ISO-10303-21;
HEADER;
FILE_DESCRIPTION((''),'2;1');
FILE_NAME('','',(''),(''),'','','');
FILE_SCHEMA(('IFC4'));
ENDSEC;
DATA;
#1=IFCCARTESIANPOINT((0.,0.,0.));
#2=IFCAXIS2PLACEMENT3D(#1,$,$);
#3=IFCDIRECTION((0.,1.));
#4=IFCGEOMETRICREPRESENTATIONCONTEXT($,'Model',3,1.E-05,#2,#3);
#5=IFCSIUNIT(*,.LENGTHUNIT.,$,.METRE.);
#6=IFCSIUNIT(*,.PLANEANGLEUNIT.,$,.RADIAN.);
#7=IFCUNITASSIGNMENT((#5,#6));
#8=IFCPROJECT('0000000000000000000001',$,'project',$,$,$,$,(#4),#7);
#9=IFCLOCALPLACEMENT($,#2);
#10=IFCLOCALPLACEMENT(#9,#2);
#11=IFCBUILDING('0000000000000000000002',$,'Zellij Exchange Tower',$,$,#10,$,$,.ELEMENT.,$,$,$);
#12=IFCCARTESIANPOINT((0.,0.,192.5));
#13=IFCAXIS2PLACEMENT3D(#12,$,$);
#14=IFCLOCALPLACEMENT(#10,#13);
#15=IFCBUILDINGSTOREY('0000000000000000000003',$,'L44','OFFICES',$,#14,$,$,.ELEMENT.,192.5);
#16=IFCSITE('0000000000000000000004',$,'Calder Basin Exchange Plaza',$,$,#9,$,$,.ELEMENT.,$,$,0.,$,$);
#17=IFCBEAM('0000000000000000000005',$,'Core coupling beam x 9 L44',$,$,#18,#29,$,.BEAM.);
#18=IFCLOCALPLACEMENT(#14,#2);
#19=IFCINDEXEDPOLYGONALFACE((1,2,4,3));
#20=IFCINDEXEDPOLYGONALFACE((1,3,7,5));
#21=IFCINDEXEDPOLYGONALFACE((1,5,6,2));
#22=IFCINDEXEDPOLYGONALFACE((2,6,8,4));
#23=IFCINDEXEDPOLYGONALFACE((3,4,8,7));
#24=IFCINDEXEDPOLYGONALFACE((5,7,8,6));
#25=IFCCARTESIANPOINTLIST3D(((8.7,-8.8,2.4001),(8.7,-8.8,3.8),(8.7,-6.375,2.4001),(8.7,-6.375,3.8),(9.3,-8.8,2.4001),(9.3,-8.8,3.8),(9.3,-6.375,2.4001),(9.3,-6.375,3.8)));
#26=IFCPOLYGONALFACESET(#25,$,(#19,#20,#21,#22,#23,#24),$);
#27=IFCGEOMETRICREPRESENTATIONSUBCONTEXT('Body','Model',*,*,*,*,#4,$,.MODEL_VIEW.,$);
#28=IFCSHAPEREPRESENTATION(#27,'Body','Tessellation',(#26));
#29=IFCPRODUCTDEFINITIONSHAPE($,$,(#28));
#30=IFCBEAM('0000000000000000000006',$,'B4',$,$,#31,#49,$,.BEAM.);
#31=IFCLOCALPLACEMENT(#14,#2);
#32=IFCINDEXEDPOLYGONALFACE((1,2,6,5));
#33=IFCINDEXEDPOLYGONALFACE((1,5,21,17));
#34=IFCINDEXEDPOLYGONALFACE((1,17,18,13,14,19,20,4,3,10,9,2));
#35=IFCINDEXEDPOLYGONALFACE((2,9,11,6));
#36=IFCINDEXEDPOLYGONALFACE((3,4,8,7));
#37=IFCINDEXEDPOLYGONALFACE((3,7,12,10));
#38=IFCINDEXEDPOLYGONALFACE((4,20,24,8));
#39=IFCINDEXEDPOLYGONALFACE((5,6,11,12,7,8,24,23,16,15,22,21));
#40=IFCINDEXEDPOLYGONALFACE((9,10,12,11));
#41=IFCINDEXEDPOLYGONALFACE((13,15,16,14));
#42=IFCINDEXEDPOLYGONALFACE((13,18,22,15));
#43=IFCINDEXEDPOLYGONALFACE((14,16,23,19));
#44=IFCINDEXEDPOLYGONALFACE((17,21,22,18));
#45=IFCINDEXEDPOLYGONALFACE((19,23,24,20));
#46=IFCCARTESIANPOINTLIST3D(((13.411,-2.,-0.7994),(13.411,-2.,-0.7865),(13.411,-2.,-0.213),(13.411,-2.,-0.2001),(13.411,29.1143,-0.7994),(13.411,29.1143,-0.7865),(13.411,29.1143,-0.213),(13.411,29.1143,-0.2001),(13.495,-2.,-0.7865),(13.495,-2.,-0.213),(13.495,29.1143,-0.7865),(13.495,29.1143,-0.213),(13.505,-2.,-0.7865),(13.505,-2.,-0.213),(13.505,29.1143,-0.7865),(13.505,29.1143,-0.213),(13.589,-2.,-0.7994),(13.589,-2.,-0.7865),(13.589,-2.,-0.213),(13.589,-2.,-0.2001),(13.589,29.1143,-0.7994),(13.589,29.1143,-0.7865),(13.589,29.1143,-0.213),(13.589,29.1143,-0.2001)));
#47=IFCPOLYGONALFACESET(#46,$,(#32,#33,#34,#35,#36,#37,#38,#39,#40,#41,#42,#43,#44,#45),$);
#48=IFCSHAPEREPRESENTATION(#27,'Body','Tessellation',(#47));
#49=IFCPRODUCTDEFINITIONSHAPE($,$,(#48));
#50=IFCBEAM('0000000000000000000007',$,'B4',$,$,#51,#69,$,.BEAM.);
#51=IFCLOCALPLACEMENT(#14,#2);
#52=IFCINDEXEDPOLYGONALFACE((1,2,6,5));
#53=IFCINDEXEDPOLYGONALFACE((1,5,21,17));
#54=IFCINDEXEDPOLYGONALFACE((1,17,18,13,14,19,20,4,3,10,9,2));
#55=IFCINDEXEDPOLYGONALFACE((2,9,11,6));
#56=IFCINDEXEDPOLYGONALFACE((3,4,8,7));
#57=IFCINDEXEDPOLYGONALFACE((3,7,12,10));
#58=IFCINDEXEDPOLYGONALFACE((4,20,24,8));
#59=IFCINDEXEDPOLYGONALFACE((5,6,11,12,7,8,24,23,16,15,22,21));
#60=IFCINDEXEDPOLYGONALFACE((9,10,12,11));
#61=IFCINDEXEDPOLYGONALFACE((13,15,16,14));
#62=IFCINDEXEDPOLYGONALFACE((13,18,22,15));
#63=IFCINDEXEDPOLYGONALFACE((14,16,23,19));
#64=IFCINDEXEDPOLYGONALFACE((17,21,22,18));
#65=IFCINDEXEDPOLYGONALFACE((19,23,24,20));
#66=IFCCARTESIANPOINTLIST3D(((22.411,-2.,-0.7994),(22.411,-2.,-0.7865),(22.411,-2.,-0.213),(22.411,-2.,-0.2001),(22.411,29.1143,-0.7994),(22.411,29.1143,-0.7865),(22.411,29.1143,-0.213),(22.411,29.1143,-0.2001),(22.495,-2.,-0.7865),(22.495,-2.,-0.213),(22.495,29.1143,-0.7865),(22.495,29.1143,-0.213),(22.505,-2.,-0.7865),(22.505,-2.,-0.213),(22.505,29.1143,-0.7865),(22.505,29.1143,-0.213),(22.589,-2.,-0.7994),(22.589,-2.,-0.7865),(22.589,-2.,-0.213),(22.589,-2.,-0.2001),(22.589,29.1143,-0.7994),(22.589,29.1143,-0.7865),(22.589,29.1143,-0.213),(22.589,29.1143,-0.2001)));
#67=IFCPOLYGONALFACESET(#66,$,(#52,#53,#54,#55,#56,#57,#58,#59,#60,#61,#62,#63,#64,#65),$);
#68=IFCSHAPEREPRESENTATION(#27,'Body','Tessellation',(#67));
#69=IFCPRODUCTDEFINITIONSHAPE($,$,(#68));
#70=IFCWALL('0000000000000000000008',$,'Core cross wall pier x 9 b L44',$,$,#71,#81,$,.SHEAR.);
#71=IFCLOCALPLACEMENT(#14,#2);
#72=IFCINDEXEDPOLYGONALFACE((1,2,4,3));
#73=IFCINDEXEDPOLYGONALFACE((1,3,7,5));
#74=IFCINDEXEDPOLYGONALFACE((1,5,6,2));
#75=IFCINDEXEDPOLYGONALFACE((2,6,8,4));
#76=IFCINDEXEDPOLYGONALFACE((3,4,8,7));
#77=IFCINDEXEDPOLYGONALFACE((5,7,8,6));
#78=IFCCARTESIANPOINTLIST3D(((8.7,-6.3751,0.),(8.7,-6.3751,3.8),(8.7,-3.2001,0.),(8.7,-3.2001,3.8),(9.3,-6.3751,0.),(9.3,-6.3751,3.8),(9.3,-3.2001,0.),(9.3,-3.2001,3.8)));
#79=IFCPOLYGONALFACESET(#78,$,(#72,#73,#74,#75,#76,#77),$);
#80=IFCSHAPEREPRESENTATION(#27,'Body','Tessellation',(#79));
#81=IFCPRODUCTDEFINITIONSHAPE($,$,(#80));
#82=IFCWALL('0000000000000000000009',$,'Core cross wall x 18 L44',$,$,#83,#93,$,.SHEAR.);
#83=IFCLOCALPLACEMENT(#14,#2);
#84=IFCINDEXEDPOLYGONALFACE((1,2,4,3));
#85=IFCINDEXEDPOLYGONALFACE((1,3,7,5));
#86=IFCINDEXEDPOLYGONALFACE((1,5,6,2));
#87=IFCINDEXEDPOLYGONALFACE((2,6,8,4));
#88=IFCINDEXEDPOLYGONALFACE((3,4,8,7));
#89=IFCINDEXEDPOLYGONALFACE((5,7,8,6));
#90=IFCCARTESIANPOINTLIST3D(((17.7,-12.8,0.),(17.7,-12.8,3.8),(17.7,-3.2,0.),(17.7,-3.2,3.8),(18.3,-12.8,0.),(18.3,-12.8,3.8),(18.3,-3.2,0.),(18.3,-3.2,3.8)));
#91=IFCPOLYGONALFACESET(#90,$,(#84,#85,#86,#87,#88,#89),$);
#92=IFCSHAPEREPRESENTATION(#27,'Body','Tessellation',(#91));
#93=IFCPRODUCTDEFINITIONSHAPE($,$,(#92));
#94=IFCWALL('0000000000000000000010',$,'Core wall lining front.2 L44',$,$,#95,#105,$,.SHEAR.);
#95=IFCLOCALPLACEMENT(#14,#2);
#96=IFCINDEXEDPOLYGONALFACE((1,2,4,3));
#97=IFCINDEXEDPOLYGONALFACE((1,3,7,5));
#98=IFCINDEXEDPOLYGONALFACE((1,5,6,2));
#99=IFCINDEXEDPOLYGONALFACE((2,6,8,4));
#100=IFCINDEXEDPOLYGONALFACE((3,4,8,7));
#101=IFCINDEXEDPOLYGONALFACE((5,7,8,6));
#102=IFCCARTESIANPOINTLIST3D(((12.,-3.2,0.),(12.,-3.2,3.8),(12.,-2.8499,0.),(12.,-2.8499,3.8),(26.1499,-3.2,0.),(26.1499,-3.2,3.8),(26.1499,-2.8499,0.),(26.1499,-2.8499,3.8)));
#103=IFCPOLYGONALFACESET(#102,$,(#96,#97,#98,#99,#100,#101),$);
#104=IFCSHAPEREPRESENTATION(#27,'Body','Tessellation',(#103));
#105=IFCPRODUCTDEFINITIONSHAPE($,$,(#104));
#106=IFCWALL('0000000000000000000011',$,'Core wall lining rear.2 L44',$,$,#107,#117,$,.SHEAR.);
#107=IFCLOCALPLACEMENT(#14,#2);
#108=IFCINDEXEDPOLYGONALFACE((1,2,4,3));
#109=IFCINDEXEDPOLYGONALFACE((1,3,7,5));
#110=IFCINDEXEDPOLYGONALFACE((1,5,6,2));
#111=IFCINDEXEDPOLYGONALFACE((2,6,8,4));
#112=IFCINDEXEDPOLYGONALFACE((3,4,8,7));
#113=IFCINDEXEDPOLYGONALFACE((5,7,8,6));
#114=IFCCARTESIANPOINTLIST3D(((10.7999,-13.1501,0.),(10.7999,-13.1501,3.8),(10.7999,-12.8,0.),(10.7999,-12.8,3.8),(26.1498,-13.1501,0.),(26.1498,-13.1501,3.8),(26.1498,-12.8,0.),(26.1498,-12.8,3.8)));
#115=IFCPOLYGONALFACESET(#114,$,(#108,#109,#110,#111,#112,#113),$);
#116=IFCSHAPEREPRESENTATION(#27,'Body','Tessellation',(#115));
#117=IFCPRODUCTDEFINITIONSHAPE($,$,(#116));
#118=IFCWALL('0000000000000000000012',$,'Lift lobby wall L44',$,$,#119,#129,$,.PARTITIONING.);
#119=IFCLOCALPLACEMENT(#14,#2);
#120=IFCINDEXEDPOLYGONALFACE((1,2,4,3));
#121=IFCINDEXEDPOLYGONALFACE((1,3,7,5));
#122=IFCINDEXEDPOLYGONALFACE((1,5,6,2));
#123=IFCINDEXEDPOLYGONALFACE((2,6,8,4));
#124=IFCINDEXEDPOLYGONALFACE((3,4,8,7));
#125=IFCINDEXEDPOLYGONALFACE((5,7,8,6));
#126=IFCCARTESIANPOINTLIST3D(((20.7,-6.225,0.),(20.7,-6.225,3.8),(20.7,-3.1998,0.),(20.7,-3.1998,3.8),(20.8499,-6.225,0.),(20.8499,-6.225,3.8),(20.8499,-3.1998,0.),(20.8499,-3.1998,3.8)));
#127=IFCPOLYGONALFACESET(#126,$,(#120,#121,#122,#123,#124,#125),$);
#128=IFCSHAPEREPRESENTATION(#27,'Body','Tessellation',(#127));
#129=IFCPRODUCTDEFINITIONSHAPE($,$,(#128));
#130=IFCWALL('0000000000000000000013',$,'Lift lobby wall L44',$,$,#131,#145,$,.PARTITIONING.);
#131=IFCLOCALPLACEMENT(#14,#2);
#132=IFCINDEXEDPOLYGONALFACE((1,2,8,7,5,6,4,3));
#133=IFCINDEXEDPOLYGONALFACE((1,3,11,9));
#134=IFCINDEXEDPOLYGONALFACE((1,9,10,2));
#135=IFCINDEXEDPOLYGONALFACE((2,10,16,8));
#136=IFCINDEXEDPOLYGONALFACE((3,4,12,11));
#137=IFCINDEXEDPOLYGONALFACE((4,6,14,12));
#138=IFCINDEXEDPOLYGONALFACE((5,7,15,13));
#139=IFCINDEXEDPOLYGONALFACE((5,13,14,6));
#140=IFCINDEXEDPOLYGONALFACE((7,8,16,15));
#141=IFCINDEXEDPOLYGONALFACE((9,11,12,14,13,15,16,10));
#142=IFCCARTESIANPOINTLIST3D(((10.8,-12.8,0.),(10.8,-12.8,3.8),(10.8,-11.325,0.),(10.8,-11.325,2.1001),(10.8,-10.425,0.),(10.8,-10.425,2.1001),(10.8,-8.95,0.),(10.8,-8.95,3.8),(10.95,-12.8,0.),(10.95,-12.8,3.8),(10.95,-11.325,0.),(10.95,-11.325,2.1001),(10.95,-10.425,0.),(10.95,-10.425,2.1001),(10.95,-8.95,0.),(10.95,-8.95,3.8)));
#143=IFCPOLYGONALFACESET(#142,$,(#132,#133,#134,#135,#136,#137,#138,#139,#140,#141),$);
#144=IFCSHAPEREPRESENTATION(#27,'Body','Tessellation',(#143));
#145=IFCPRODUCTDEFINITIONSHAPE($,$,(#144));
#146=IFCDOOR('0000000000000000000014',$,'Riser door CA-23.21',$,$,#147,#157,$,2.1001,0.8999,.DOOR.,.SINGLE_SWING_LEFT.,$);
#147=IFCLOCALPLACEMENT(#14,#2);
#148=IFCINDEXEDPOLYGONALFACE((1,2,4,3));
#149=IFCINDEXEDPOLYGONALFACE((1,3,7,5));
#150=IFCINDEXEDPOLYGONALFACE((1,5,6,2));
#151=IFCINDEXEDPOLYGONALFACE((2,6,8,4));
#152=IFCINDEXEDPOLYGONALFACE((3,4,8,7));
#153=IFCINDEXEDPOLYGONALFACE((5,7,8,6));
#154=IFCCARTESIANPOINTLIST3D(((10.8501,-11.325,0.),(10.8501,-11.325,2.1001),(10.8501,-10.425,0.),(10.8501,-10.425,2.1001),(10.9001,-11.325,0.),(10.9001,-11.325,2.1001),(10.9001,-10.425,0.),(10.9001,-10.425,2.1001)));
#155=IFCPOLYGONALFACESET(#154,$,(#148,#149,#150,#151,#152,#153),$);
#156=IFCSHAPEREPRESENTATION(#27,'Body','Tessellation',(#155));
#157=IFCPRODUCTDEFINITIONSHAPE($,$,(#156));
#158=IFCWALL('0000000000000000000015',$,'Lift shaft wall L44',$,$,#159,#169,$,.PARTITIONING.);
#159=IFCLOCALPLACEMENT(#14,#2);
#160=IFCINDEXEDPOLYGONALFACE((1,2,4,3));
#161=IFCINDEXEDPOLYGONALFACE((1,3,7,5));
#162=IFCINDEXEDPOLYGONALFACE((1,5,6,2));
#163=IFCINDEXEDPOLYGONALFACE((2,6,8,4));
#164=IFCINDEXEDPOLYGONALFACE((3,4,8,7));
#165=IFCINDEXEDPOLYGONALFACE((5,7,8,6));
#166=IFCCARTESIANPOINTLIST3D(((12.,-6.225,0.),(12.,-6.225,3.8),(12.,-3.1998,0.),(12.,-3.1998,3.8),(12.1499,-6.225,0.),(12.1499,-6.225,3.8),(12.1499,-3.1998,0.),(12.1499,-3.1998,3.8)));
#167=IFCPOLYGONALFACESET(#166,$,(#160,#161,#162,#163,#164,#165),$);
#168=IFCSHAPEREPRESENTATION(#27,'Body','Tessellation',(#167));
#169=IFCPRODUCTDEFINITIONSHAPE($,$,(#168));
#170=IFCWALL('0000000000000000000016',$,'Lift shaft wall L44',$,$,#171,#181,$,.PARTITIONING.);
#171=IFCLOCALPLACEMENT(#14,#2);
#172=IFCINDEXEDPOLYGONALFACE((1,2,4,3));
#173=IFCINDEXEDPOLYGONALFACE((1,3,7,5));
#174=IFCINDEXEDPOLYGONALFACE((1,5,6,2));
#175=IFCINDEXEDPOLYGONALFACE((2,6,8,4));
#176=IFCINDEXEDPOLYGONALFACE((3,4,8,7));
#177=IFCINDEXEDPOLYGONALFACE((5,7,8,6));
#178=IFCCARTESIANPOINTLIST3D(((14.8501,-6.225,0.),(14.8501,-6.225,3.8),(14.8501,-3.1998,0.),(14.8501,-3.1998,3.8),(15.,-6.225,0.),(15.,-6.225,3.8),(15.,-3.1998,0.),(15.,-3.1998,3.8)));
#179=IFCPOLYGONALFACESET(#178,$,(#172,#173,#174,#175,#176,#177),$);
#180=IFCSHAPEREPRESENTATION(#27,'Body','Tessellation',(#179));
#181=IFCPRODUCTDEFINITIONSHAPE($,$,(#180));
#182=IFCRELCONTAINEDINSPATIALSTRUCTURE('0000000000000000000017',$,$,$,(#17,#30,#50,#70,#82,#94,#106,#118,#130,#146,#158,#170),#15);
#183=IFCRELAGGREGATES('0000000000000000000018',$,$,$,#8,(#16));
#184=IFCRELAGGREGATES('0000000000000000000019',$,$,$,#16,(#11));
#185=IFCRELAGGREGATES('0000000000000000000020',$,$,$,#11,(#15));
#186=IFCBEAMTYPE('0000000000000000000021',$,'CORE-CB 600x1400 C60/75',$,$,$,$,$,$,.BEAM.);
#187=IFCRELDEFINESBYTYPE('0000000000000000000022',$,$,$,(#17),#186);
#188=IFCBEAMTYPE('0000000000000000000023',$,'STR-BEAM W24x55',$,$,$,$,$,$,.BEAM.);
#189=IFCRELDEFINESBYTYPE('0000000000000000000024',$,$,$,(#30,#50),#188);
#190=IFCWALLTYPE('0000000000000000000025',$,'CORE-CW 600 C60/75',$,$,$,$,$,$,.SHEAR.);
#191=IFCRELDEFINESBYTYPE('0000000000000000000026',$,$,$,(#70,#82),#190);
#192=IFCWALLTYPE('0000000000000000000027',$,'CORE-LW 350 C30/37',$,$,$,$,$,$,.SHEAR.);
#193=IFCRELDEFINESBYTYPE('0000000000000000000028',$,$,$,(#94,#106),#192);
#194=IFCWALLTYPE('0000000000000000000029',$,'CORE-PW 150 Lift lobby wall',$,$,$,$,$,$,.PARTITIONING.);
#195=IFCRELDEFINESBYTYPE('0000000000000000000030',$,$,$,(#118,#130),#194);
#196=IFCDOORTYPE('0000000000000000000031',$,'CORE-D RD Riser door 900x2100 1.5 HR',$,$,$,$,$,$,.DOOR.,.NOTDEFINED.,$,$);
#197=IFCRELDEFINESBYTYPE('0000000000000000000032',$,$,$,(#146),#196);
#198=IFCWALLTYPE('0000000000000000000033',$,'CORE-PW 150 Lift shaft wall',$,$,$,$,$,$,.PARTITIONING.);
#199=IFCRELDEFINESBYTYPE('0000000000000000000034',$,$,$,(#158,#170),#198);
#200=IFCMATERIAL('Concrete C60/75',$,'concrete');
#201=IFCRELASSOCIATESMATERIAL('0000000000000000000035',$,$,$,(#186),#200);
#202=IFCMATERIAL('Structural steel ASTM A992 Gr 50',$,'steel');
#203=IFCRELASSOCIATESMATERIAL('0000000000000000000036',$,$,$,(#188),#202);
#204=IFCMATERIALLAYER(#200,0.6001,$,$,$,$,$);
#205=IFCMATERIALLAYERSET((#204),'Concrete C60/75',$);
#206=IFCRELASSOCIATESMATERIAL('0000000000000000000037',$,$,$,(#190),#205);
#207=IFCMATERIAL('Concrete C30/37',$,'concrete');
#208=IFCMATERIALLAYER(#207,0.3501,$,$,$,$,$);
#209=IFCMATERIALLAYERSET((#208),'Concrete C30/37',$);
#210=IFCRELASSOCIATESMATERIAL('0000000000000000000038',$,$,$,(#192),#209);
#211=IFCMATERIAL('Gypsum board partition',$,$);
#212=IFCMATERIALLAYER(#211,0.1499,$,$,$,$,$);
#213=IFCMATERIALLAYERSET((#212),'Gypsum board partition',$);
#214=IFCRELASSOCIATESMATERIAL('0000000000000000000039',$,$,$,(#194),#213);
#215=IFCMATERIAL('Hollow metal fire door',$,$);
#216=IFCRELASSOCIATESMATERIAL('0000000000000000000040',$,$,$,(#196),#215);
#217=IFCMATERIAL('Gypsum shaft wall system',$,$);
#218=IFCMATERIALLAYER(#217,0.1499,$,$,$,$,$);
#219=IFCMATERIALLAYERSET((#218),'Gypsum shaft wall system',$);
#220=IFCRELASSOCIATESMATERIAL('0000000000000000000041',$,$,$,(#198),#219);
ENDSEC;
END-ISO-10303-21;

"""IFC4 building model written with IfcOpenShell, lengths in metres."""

from ifc_helpers import new_model, si_unit, direction, frame, frame_2d, origin, origin_2d, place, context, subcontext, project, spatial, rectangle, i_section, extrude, material, layer, layer_set, material_profile, profile_set, type_object, element, fill, save


model = new_model("IFC4")

# Units and contexts
model_context = context("Model", 3, precision=1e-05, world=origin(), true_north=direction((0.0, 1.0)))
body_context = subcontext(model_context, "Body", "Model", "MODEL_VIEW")
ifc_project = project(units=[si_unit("LENGTHUNIT", "METRE"), si_unit("PLANEANGLEUNIT", "RADIAN")], contexts=[model_context])

# Site, building, storey
site_placement = place(None, origin())
site = spatial("IfcSite", under=ifc_project, at=site_placement, Name="Calder Basin Exchange Plaza", CompositionType="ELEMENT", RefElevation=0.0)
building_placement = place(site_placement, origin())
building = spatial("IfcBuilding", under=site, at=building_placement, Name="Zellij Exchange Tower", CompositionType="ELEMENT")
storey_placement = place(building_placement, frame((0.0, 0.0, 192.5)))
storey = spatial("IfcBuildingStorey", under=building, at=storey_placement, Name="L44", Description="OFFICES", CompositionType="ELEMENT", Elevation=192.5)

# Beams
ifc_material_1 = material(Name="Concrete C60/75", Category="concrete")
ifc_material_profile_1 = material_profile(ifc_material_1, rectangle(XDim=0.6001, YDim=1.3999, at=origin_2d()), Name="CORE-CB 600x1400 C60/75")
ifc_profile_set_1 = profile_set([ifc_material_profile_1], Name="Concrete C60/75")
beam_type_1 = type_object("IfcBeamType", Name="CORE-CB 600x1400 C60/75", PredefinedType="BEAM", material=ifc_profile_set_1)
beam_placement = place(storey_placement, frame((9.0, -8.8, 3.1001), z_axis=(0.0, 1.0, 0.0), x_axis=(-1.0, 0.0, 0.0)))
element("IfcBeam", 1, at=beam_placement, inside=storey, type_object=beam_type_1, Name="Core coupling beam x 9 L44", PredefinedType="BEAM", context=body_context, shape_type="SweptSolid", body=[
    extrude(rectangle(XDim=0.6001, YDim=1.3999, at=origin_2d()), origin(), (0.0, 0.0, 1.0), 2.425),
])
ifc_material_2 = material(Name="Structural steel ASTM A992 Gr 50", Category="steel")
ifc_material_profile_2 = material_profile(ifc_material_2, i_section(OverallWidth=0.178, OverallDepth=0.5994, WebThickness=0.01, FlangeThickness=0.0129, at=origin_2d()), Name="W24x55")
ifc_profile_set_2 = profile_set([ifc_material_profile_2], Name="Structural steel ASTM A992 Gr 50")
beam_type_2 = type_object("IfcBeamType", Name="STR-BEAM W24x55", PredefinedType="BEAM", material=ifc_profile_set_2)
for number, where, z_axis, x_axis, name in (
    (2, (13.5, -2.0, -0.4998), (0.0, 1.0, 0.0), (-1.0, 0.0, 0.0), "B4"),
    (3, (22.5, -2.0, -0.4998), (0.0, 1.0, 0.0), (-1.0, 0.0, 0.0), "B4"),
):
    element("IfcBeam", number, at=place(storey_placement, frame(where, z_axis=z_axis, x_axis=x_axis)), inside=storey, type_object=beam_type_2, Name=name, PredefinedType="BEAM", context=body_context, shape_type="SweptSolid", body=[
        extrude(i_section(OverallWidth=0.178, OverallDepth=0.5994, WebThickness=0.01, FlangeThickness=0.0129, at=origin_2d()), origin(), (0.0, 0.0, 1.0), 31.1143),
    ])

# Walls
ifc_layer_1 = layer(ifc_material_1, 0.6001)
ifc_layer_set_1 = layer_set([ifc_layer_1], Name="Concrete C60/75")
wall_type_1 = type_object("IfcWallType", Name="CORE-CW 600 C60/75", PredefinedType="SHEAR", material=ifc_layer_set_1)
wall_1_placement = place(storey_placement, frame((9.0, -6.375, 0.0), z_axis=(0.0, 0.0, 1.0), x_axis=(0.0, 1.0, 0.0)))
element("IfcWall", 4, at=wall_1_placement, inside=storey, type_object=wall_type_1, Name="Core cross wall pier x 9 b L44", PredefinedType="SHEAR", context=body_context, shape_type="SweptSolid", body=[
    extrude(rectangle(XDim=3.175, YDim=0.6001, at=frame_2d((1.5874, 0.0))), origin(), (0.0, 0.0, 1.0), 3.8),
])
wall_2_placement = place(storey_placement, frame((18.0, -12.8, 0.0), z_axis=(0.0, 0.0, 1.0), x_axis=(0.0, 1.0, 0.0)))
element("IfcWall", 5, at=wall_2_placement, inside=storey, type_object=wall_type_1, Name="Core cross wall x 18 L44", PredefinedType="SHEAR", context=body_context, shape_type="SweptSolid", body=[
    extrude(rectangle(XDim=9.6001, YDim=0.6001, at=frame_2d((4.8, 0.0))), origin(), (0.0, 0.0, 1.0), 3.8),
])
ifc_material_3 = material(Name="Concrete C30/37", Category="concrete")
ifc_layer_2 = layer(ifc_material_3, 0.3501)
ifc_layer_set_2 = layer_set([ifc_layer_2], Name="Concrete C30/37")
wall_type_2 = type_object("IfcWallType", Name="CORE-LW 350 C30/37", PredefinedType="SHEAR", material=ifc_layer_set_2)
wall_3_placement = place(storey_placement, frame((12.0, -3.0249, 0.0), z_axis=(0.0, 0.0, 1.0), x_axis=(1.0, 0.0, 0.0)))
element("IfcWall", 6, at=wall_3_placement, inside=storey, type_object=wall_type_2, Name="Core wall lining front.2 L44", PredefinedType="SHEAR", context=body_context, shape_type="SweptSolid", body=[
    extrude(rectangle(XDim=14.1499, YDim=0.3501, at=frame_2d((7.075, 0.0))), origin(), (0.0, 0.0, 1.0), 3.8),
])
wall_4_placement = place(storey_placement, frame((10.8, -12.9751, 0.0), z_axis=(0.0, 0.0, 1.0), x_axis=(1.0, 0.0, 0.0)))
element("IfcWall", 7, at=wall_4_placement, inside=storey, type_object=wall_type_2, Name="Core wall lining rear.2 L44", PredefinedType="SHEAR", context=body_context, shape_type="SweptSolid", body=[
    extrude(rectangle(XDim=15.3499, YDim=0.3501, at=frame_2d((7.6748, 0.0))), origin(), (0.0, 0.0, 1.0), 3.8),
])
ifc_material_4 = material(Name="Gypsum board partition")
ifc_layer_3 = layer(ifc_material_4, 0.1499)
ifc_layer_set_3 = layer_set([ifc_layer_3], Name="Gypsum board partition")
wall_type_3 = type_object("IfcWallType", Name="CORE-PW 150 Lift lobby wall", PredefinedType="PARTITIONING", material=ifc_layer_set_3)
wall_5_placement = place(storey_placement, frame((20.7749, -6.2251, 0.0), z_axis=(0.0, 0.0, 1.0), x_axis=(0.0, 1.0, 0.0)))
element("IfcWall", 8, at=wall_5_placement, inside=storey, type_object=wall_type_3, Name="Lift lobby wall L44", PredefinedType="PARTITIONING", context=body_context, shape_type="SweptSolid", body=[
    extrude(rectangle(XDim=3.0251, YDim=0.1499, at=frame_2d((1.5127, 0.0))), origin(), (0.0, 0.0, 1.0), 3.8),
])

# Wall, opening, door
wall_6_placement = place(storey_placement, frame((10.875, -12.8, 0.0), z_axis=(0.0, 0.0, 1.0), x_axis=(0.0, 1.0, 0.0)))
wall_6 = element("IfcWall", 9, at=wall_6_placement, inside=storey, type_object=wall_type_3, Name="Lift lobby wall L44", PredefinedType="PARTITIONING", context=body_context, shape_type="SweptSolid", body=[
    extrude(rectangle(XDim=3.8501, YDim=0.1499, at=frame_2d((1.925, 0.0))), origin(), (0.0, 0.0, 1.0), 3.8),
])
opening_1_placement = place(wall_6_placement, frame((1.4751, 0.0, 0.0)))
opening_1 = element("IfcOpeningElement", 10, at=opening_1_placement, cuts=wall_6, PredefinedType="OPENING", context=body_context, shape_type="SweptSolid", body=[
    extrude(rectangle(XDim=0.8999, YDim=2.1001, at=frame_2d((0.45, 1.05))), frame((0.0, 0.0869, 0.0), z_axis=(0.0, -1.0, 0.0), x_axis=(1.0, 0.0, 0.0)), (0.0, 0.0, 1.0), 0.1738),
])
ifc_material_5 = material(Name="Hollow metal fire door")
door_type_1 = type_object("IfcDoorType", Name="CORE-D RD Riser door 900x2100 1.5 HR", OperationType="NOTDEFINED", PredefinedType="DOOR", material=ifc_material_5)
door_1_placement = place(opening_1_placement, origin())
door_1 = element("IfcDoor", 11, at=door_1_placement, inside=storey, type_object=door_type_1, Name="Riser door CA-23.21", OperationType="SINGLE_SWING_LEFT", OverallHeight=2.1001, OverallWidth=0.8999, PredefinedType="DOOR", context=body_context, shape_type="SweptSolid", body=[
    extrude(rectangle(XDim=0.8999, YDim=2.1001, at=frame_2d((0.45, 1.05))), frame((0.0, 0.0249, 0.0), z_axis=(0.0, -1.0, 0.0), x_axis=(1.0, 0.0, 0.0)), (0.0, 0.0, 1.0), 0.05),
])
fill(opening_1, door_1)

# Walls
ifc_material_6 = material(Name="Gypsum shaft wall system")
ifc_layer_4 = layer(ifc_material_6, 0.1499)
ifc_layer_set_4 = layer_set([ifc_layer_4], Name="Gypsum shaft wall system")
wall_type_4 = type_object("IfcWallType", Name="CORE-PW 150 Lift shaft wall", PredefinedType="PARTITIONING", material=ifc_layer_set_4)
for number, where, z_axis, x_axis, name in (
    (12, (12.075, -6.2251, 0.0), (0.0, 0.0, 1.0), (0.0, 1.0, 0.0), "Lift shaft wall L44"),
    (13, (14.925, -6.2251, 0.0), (0.0, 0.0, 1.0), (0.0, 1.0, 0.0), "Lift shaft wall L44"),
):
    element("IfcWall", number, at=place(storey_placement, frame(where, z_axis=z_axis, x_axis=x_axis)), inside=storey, type_object=wall_type_4, Name=name, PredefinedType="PARTITIONING", context=body_context, shape_type="SweptSolid", body=[
        extrude(rectangle(XDim=3.0251, YDim=0.1499, at=frame_2d((1.5127, 0.0))), origin(), (0.0, 0.0, 1.0), 3.8),
    ])

save(model, "model.ifc")
